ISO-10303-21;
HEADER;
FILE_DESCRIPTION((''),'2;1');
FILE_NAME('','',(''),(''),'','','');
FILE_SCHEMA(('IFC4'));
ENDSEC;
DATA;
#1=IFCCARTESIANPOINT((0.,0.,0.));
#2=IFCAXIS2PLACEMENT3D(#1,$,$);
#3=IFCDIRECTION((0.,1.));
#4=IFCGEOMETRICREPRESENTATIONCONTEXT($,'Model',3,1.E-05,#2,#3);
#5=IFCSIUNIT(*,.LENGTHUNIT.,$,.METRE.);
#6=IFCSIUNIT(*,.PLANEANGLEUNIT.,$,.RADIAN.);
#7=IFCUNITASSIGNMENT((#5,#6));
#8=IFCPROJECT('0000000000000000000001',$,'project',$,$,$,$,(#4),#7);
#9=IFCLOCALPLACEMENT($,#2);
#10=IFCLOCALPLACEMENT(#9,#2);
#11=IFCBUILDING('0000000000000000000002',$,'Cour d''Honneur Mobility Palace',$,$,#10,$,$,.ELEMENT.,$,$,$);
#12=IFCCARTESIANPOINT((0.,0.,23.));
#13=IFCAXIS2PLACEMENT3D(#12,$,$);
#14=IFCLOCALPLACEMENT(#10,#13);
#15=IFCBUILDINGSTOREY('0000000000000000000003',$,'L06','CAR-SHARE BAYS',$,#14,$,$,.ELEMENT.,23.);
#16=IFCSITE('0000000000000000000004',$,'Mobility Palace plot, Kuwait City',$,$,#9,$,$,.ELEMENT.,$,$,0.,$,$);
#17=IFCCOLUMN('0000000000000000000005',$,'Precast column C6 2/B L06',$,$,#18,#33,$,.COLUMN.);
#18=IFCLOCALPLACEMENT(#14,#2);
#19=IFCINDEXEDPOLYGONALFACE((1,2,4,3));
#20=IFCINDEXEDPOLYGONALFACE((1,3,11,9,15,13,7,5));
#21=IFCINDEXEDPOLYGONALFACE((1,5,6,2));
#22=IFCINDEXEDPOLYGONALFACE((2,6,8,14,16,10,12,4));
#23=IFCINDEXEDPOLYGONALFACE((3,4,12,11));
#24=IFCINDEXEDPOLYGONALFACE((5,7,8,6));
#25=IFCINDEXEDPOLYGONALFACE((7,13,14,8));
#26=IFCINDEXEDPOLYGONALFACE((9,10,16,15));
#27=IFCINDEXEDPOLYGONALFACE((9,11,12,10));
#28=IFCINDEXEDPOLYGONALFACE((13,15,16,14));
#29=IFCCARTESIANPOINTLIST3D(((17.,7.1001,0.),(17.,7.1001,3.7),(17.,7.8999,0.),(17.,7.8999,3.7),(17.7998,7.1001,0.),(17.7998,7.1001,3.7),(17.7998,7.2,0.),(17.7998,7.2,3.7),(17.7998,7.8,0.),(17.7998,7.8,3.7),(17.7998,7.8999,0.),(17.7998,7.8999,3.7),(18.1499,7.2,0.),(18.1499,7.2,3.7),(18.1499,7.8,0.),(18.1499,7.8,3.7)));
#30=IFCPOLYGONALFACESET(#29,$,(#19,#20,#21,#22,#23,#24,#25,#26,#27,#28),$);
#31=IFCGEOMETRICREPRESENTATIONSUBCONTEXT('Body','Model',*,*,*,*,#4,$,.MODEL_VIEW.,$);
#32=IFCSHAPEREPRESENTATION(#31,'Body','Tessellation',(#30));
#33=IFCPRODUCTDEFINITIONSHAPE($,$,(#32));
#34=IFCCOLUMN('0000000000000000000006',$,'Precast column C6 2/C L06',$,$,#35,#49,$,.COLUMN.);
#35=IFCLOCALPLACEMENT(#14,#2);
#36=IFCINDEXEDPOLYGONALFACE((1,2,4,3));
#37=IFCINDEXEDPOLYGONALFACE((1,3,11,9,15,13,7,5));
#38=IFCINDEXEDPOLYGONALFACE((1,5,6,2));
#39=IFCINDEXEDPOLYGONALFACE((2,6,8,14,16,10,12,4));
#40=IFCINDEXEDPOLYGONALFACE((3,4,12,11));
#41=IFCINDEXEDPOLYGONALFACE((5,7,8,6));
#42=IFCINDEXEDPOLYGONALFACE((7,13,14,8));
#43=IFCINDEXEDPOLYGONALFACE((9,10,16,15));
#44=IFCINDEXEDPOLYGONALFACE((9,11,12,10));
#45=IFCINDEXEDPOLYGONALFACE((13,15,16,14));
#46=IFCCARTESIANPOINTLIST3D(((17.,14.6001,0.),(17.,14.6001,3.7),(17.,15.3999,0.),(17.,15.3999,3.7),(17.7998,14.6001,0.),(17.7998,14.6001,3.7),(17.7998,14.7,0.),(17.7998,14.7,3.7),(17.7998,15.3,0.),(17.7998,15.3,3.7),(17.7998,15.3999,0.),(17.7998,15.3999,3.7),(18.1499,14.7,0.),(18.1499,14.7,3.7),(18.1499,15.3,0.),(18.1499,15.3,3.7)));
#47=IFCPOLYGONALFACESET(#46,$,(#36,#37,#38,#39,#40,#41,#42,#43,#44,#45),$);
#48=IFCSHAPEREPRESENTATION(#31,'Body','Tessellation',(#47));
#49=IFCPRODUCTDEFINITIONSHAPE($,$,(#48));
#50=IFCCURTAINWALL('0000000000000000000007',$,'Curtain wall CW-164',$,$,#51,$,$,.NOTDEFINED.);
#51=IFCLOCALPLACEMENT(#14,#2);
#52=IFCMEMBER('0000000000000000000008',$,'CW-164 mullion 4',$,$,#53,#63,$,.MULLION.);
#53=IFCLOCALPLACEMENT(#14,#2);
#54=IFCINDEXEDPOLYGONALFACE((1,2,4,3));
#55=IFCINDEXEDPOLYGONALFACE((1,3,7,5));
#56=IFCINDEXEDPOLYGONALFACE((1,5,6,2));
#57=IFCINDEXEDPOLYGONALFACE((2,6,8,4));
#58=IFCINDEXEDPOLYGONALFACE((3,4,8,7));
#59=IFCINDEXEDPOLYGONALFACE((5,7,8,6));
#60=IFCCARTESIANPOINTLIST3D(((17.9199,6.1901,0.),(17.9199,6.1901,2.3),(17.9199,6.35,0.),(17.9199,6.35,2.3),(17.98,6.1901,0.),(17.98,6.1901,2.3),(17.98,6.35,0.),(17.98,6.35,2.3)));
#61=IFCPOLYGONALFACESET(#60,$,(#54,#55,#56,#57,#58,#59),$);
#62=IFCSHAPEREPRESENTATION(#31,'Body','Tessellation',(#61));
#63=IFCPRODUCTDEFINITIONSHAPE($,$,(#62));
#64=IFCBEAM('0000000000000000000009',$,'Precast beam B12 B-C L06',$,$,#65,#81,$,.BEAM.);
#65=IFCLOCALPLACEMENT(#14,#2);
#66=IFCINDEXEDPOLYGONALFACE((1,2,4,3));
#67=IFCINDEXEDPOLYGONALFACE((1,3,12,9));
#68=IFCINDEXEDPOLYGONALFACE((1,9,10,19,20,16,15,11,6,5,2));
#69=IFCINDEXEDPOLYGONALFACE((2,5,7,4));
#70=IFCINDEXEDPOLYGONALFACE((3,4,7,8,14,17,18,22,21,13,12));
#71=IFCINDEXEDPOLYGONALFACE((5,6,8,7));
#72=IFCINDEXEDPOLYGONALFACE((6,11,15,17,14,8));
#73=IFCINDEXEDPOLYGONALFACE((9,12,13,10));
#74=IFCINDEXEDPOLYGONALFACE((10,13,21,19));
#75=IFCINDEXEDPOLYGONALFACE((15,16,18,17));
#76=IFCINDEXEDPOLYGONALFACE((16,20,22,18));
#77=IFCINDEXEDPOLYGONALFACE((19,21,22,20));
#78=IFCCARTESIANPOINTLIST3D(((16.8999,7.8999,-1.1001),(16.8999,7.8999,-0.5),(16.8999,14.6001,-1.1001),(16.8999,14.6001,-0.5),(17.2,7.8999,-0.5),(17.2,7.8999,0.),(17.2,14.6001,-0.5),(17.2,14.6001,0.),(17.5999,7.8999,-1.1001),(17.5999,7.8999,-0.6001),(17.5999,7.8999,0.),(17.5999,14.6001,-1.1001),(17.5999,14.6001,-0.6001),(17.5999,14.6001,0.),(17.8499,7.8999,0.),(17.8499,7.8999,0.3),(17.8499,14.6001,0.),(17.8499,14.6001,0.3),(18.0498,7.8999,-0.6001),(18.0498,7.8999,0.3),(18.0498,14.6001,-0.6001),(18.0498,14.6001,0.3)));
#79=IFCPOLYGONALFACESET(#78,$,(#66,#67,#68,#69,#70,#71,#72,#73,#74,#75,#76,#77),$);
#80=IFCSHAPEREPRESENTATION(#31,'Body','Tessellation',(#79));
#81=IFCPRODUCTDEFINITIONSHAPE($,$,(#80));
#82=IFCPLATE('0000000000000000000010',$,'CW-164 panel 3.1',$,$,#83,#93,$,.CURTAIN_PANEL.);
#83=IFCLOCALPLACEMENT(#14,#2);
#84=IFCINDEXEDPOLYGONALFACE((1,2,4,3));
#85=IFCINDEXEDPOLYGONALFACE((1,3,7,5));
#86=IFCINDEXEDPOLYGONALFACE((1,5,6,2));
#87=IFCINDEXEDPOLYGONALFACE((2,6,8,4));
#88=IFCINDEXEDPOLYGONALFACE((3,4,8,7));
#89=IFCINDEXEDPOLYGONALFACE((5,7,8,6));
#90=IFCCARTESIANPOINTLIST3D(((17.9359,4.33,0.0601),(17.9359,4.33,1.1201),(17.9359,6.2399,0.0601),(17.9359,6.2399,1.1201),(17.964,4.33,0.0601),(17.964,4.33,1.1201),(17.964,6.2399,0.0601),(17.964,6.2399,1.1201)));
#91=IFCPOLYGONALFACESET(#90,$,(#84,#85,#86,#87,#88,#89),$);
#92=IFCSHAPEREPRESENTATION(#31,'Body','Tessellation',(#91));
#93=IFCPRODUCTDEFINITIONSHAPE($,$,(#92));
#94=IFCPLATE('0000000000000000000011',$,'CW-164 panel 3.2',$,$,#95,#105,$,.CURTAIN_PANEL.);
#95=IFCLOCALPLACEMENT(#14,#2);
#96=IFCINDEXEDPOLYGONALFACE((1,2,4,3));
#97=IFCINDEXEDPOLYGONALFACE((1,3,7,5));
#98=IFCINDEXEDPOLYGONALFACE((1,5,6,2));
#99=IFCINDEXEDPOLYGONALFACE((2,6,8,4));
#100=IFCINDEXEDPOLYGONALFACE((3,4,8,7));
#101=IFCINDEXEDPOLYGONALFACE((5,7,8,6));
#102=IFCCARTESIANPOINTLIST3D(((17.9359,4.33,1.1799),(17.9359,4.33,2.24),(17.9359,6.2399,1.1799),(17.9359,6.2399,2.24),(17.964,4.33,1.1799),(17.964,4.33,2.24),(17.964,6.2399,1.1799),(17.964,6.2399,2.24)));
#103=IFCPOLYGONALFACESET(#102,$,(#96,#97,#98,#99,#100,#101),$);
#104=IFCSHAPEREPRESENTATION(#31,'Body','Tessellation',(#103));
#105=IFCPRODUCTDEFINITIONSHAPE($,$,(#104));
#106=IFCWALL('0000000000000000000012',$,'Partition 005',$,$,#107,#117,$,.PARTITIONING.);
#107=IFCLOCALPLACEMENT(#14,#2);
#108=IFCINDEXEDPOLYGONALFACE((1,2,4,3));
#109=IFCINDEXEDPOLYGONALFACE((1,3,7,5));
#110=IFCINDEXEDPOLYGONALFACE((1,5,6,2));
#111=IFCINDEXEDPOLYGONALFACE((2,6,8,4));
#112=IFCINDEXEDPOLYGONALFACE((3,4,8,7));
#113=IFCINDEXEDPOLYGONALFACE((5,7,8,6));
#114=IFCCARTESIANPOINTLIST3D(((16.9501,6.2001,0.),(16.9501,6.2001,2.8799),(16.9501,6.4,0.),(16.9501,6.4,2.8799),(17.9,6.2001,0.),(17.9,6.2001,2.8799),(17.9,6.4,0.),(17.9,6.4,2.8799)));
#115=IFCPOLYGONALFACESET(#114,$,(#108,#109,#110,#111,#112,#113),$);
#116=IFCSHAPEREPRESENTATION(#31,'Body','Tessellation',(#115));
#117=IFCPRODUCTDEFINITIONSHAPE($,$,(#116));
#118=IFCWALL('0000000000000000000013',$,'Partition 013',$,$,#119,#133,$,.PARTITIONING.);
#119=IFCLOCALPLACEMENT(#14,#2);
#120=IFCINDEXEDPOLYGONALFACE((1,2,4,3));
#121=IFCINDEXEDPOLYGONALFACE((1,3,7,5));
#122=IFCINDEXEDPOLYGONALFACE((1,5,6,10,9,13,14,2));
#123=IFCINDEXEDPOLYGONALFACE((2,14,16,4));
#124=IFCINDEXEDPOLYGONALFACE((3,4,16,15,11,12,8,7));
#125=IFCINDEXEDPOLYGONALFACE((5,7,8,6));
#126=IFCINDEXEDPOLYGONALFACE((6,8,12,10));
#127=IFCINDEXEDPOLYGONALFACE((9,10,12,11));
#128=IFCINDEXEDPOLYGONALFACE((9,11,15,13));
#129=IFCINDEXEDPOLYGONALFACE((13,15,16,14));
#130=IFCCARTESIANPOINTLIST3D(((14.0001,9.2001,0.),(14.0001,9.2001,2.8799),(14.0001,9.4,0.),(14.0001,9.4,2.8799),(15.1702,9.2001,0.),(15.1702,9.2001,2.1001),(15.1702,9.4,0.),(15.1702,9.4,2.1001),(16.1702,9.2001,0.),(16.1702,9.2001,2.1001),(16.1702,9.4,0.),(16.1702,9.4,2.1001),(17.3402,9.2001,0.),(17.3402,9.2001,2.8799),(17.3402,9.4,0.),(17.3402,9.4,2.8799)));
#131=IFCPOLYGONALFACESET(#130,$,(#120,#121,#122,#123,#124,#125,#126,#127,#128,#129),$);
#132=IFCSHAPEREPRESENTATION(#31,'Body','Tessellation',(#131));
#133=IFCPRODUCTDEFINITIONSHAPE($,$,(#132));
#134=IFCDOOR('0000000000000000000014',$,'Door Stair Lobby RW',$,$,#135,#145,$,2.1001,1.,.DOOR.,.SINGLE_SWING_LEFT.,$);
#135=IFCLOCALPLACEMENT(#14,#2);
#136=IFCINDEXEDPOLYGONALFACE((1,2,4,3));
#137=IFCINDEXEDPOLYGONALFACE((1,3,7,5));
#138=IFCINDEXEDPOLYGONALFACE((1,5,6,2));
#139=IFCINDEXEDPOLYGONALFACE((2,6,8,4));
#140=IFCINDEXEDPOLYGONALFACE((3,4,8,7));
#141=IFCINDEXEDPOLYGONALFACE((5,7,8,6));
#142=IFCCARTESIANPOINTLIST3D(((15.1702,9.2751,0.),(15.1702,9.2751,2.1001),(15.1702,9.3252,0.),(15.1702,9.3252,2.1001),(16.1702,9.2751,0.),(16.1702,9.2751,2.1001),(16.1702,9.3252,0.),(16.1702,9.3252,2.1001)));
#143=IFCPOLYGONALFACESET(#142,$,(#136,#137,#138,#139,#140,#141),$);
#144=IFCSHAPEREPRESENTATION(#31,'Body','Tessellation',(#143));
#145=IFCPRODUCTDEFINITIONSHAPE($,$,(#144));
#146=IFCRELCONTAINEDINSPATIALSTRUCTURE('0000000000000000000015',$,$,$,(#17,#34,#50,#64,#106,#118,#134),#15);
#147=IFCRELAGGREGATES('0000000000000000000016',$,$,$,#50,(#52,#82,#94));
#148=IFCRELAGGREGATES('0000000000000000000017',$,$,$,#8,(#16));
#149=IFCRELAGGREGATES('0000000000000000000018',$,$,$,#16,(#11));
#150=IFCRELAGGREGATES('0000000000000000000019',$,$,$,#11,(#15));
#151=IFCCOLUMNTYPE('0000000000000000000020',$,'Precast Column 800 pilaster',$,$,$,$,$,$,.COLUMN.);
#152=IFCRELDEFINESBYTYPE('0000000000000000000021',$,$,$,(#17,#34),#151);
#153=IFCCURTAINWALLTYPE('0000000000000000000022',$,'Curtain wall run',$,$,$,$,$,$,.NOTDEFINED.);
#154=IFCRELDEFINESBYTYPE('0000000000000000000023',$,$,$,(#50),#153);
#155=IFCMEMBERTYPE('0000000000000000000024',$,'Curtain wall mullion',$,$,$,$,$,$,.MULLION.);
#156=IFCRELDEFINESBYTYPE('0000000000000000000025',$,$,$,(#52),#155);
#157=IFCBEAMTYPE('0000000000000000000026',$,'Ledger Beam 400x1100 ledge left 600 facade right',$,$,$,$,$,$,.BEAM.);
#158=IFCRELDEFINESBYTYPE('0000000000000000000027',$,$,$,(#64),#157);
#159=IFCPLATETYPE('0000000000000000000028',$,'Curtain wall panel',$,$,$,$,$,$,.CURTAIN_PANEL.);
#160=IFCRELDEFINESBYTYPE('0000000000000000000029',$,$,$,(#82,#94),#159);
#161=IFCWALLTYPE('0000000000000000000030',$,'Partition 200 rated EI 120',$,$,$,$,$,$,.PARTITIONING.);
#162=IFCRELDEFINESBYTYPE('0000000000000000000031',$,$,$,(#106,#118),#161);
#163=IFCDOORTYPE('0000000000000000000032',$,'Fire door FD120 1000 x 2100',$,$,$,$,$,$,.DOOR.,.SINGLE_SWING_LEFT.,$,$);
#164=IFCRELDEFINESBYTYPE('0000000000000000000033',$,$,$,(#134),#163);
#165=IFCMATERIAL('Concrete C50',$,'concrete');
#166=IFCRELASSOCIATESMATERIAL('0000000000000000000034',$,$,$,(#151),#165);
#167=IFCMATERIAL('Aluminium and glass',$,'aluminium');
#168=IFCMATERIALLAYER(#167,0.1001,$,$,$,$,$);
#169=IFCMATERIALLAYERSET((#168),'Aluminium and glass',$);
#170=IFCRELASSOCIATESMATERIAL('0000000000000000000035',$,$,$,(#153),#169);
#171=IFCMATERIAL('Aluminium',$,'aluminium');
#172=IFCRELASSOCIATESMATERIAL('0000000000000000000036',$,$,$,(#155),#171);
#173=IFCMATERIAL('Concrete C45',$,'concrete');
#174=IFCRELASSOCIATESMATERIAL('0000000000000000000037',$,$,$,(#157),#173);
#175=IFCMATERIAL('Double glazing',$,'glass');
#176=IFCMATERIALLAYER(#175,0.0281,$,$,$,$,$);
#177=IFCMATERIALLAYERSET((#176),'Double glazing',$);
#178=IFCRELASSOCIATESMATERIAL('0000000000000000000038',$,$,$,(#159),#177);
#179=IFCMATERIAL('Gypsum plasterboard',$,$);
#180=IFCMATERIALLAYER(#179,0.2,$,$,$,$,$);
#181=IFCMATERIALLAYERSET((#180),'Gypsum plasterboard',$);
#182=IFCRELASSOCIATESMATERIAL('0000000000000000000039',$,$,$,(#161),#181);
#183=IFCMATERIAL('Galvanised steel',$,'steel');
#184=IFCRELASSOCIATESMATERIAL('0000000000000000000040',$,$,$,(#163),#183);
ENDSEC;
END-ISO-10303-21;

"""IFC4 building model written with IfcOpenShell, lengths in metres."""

from ifc_helpers import new_model, si_unit, direction, frame, frame_2d, origin, origin_2d, place, context, subcontext, project, spatial, polyline, rectangle, outline, extrude, material, layer, layer_set, material_profile, profile_set, type_object, element, fill, aggregate, save


model = new_model("IFC4")

# Units and contexts
model_context = context("Model", 3, precision=1e-05, world=origin(), true_north=direction((0.0, 1.0)))
body_context = subcontext(model_context, "Body", "Model", "MODEL_VIEW")
ifc_project = project(units=[si_unit("LENGTHUNIT", "METRE"), si_unit("PLANEANGLEUNIT", "RADIAN")], contexts=[model_context])

# Site, building, storey
site_placement = place(None, origin())
site = spatial("IfcSite", under=ifc_project, at=site_placement, Name="Mobility Palace plot, Kuwait City", CompositionType="ELEMENT", RefElevation=0.0)
building_placement = place(site_placement, origin())
building = spatial("IfcBuilding", under=site, at=building_placement, Name="Cour d'Honneur Mobility Palace", CompositionType="ELEMENT")
storey_placement = place(building_placement, frame((0.0, 0.0, 23.0)))
storey = spatial("IfcBuildingStorey", under=building, at=storey_placement, Name="L06", Description="CAR-SHARE BAYS", CompositionType="ELEMENT", Elevation=23.0)

# Columns
ifc_material_1 = material(Name="Concrete C50", Category="concrete")
ifc_material_profile_1 = material_profile(ifc_material_1, outline(polyline([(-0.3999, -0.3999), (0.3999, -0.3999), (0.3999, -0.3), (0.75, -0.3), (0.75, 0.3), (0.3999, 0.3), (0.3999, 0.3999), (-0.3999, 0.3999), (-0.3999, -0.3999)])), Name="PC C800 pilaster")
ifc_profile_set_1 = profile_set([ifc_material_profile_1], Name="Concrete C50")
column_type = type_object("IfcColumnType", Name="Precast Column 800 pilaster", PredefinedType="COLUMN", material=ifc_profile_set_1)
for number, where, z_axis, x_axis, name in (
    (1, (17.3999, 7.5, 0.0), (0.0, 0.0, 1.0), (1.0, 0.0, 0.0), "Precast column C6 2/B L06"),
    (2, (17.3999, 15.0, 0.0), (0.0, 0.0, 1.0), (1.0, 0.0, 0.0), "Precast column C6 2/C L06"),
):
    element("IfcColumn", number, at=place(storey_placement, frame(where, z_axis=z_axis, x_axis=x_axis)), inside=storey, type_object=column_type, Name=name, PredefinedType="COLUMN", context=body_context, shape_type="SweptSolid", body=[
        extrude(outline(polyline([(-0.3999, -0.3999), (0.3999, -0.3999), (0.3999, -0.3), (0.75, -0.3), (0.75, 0.3), (0.3999, 0.3), (0.3999, 0.3999), (-0.3999, 0.3999), (-0.3999, -0.3999)])), origin(), (0.0, 0.0, 1.0), 3.7),
    ])

# Curtain wall, member
ifc_material_2 = material(Name="Aluminium and glass", Category="aluminium")
ifc_layer_1 = layer(ifc_material_2, 0.1001)
ifc_layer_set_1 = layer_set([ifc_layer_1], Name="Aluminium and glass")
curtain_wall_type = type_object("IfcCurtainWallType", Name="Curtain wall run", PredefinedType="NOTDEFINED", material=ifc_layer_set_1)
curtain_wall_placement = place(storey_placement, origin())
curtain_wall = element("IfcCurtainWall", 3, at=curtain_wall_placement, inside=storey, type_object=curtain_wall_type, Name="Curtain wall CW-164", PredefinedType="NOTDEFINED")
ifc_material_3 = material(Name="Aluminium", Category="aluminium")
ifc_material_profile_2 = material_profile(ifc_material_3, rectangle(XDim=0.0601, YDim=0.1599, at=origin_2d()), Name="Curtain wall mullion")
ifc_profile_set_2 = profile_set([ifc_material_profile_2], Name="Aluminium")
member_type = type_object("IfcMemberType", Name="Curtain wall mullion", PredefinedType="MULLION", material=ifc_profile_set_2)
member_placement = place(storey_placement, frame((17.95, 6.27, 0.0), z_axis=(0.0, 0.0, 1.0), x_axis=(-1.0, 0.0, 0.0)))
member = element("IfcMember", 4, at=member_placement, type_object=member_type, Name="CW-164 mullion 4", PredefinedType="MULLION", context=body_context, shape_type="SweptSolid", body=[
    extrude(rectangle(XDim=0.0601, YDim=0.1599, at=origin_2d()), origin(), (0.0, 0.0, 1.0), 2.3),
])

# Beam
ifc_material_4 = material(Name="Concrete C45", Category="concrete")
ifc_material_profile_3 = material_profile(ifc_material_4, outline(polyline([(0.5, -1.1001), (0.5, -0.5), (0.2, -0.5), (0.2, 0.0), (-0.2, 0.0), (-0.45, 0.0), (-0.45, 0.3), (-0.6499, 0.3), (-0.6499, -0.6001), (-0.2, -0.6001), (-0.2, -1.1001), (0.5, -1.1001)])), Name="Ledger Beam 400x1100 ledge left 600 facade right")
ifc_profile_set_3 = profile_set([ifc_material_profile_3], Name="Concrete C45")
beam_type = type_object("IfcBeamType", Name="Ledger Beam 400x1100 ledge left 600 facade right", PredefinedType="BEAM", material=ifc_profile_set_3)
beam_placement = place(storey_placement, frame((17.3999, 7.8999, 0.0), z_axis=(0.0, 1.0, 0.0), x_axis=(-1.0, 0.0, 0.0)))
element("IfcBeam", 5, at=beam_placement, inside=storey, type_object=beam_type, Name="Precast beam B12 B-C L06", PredefinedType="BEAM", context=body_context, shape_type="SweptSolid", body=[
    extrude(outline(polyline([(0.5, -1.1001), (0.5, -0.5), (0.2, -0.5), (0.2, 0.0), (-0.2, 0.0), (-0.45, 0.0), (-0.45, 0.3), (-0.6499, 0.3), (-0.6499, -0.6001), (-0.2, -0.6001), (-0.2, -1.1001), (0.5, -1.1001)])), origin(), (0.0, 0.0, 1.0), 6.7002),
])

# Plates
ifc_material_5 = material(Name="Double glazing", Category="glass")
ifc_layer_2 = layer(ifc_material_5, 0.0281)
ifc_layer_set_2 = layer_set([ifc_layer_2], Name="Double glazing")
plate_type = type_object("IfcPlateType", Name="Curtain wall panel", PredefinedType="CURTAIN_PANEL", material=ifc_layer_set_2)
plate_1_placement = place(storey_placement, frame((17.95, 5.2849, 0.0601), z_axis=(0.0, 0.0, 1.0), x_axis=(0.0, 1.0, 0.0)))
plate_1 = element("IfcPlate", 6, at=plate_1_placement, type_object=plate_type, Name="CW-164 panel 3.1", PredefinedType="CURTAIN_PANEL", context=body_context, shape_type="SweptSolid", body=[
    extrude(rectangle(XDim=1.9099, YDim=0.0281, at=origin_2d()), origin(), (0.0, 0.0, 1.0), 1.0601),
])
plate_2_placement = place(storey_placement, frame((17.95, 5.2849, 1.1799), z_axis=(0.0, 0.0, 1.0), x_axis=(0.0, 1.0, 0.0)))
plate_2 = element("IfcPlate", 7, at=plate_2_placement, type_object=plate_type, Name="CW-164 panel 3.2", PredefinedType="CURTAIN_PANEL", context=body_context, shape_type="SweptSolid", body=[
    extrude(rectangle(XDim=1.9099, YDim=0.0281, at=origin_2d()), origin(), (0.0, 0.0, 1.0), 1.0601),
])
aggregate(curtain_wall, [member, plate_1, plate_2])

# Wall
ifc_material_6 = material(Name="Gypsum plasterboard")
ifc_layer_3 = layer(ifc_material_6, 0.2)
ifc_layer_set_3 = layer_set([ifc_layer_3], Name="Gypsum plasterboard")
wall_type = type_object("IfcWallType", Name="Partition 200 rated EI 120", PredefinedType="PARTITIONING", material=ifc_layer_set_3)
wall_1_placement = place(storey_placement, frame((16.95, 6.3, 0.0), z_axis=(0.0, 0.0, 1.0), x_axis=(1.0, 0.0, 0.0)))
element("IfcWall", 8, at=wall_1_placement, inside=storey, type_object=wall_type, Name="Partition 005", PredefinedType="PARTITIONING", context=body_context, shape_type="SweptSolid", body=[
    extrude(rectangle(XDim=0.95, YDim=0.2, at=frame_2d((0.4751, 0.0))), origin(), (0.0, 0.0, 1.0), 2.8799),
])

# Wall, opening, door
wall_2_placement = place(storey_placement, frame((17.3401, 9.3, 0.0), z_axis=(0.0, 0.0, 1.0), x_axis=(-1.0, 0.0, 0.0)))
wall_2 = element("IfcWall", 9, at=wall_2_placement, inside=storey, type_object=wall_type, Name="Partition 013", PredefinedType="PARTITIONING", context=body_context, shape_type="SweptSolid", body=[
    extrude(rectangle(XDim=3.3401, YDim=0.2, at=frame_2d((1.6699, 0.0))), origin(), (0.0, 0.0, 1.0), 2.8799),
])
opening_placement = place(wall_2_placement, frame((1.1699, 0.0, 0.0)))
opening = element("IfcOpeningElement", 10, at=opening_placement, cuts=wall_2, PredefinedType="OPENING", context=body_context, shape_type="SweptSolid", body=[
    extrude(rectangle(XDim=1.0, YDim=2.1001, at=frame_2d((0.5, 1.05))), frame((0.0, 0.1099, 0.0), z_axis=(0.0, -1.0, 0.0), x_axis=(1.0, 0.0, 0.0)), (0.0, 0.0, 1.0), 0.22),
])
ifc_material_7 = material(Name="Galvanised steel", Category="steel")
door_type = type_object("IfcDoorType", Name="Fire door FD120 1000 x 2100", OperationType="SINGLE_SWING_LEFT", PredefinedType="DOOR", material=ifc_material_7)
door_placement = place(opening_placement, origin())
door = element("IfcDoor", 11, at=door_placement, inside=storey, type_object=door_type, Name="Door Stair Lobby RW", OperationType="SINGLE_SWING_LEFT", OverallHeight=2.1001, OverallWidth=1.0, PredefinedType="DOOR", context=body_context, shape_type="SweptSolid", body=[
    extrude(rectangle(XDim=1.0, YDim=2.1001, at=frame_2d((0.5, 1.05))), frame((0.0, 0.0249, 0.0), z_axis=(0.0, -1.0, 0.0), x_axis=(1.0, 0.0, 0.0)), (0.0, 0.0, 1.0), 0.05),
])
fill(opening, door)

save(model, "model.ifc")
